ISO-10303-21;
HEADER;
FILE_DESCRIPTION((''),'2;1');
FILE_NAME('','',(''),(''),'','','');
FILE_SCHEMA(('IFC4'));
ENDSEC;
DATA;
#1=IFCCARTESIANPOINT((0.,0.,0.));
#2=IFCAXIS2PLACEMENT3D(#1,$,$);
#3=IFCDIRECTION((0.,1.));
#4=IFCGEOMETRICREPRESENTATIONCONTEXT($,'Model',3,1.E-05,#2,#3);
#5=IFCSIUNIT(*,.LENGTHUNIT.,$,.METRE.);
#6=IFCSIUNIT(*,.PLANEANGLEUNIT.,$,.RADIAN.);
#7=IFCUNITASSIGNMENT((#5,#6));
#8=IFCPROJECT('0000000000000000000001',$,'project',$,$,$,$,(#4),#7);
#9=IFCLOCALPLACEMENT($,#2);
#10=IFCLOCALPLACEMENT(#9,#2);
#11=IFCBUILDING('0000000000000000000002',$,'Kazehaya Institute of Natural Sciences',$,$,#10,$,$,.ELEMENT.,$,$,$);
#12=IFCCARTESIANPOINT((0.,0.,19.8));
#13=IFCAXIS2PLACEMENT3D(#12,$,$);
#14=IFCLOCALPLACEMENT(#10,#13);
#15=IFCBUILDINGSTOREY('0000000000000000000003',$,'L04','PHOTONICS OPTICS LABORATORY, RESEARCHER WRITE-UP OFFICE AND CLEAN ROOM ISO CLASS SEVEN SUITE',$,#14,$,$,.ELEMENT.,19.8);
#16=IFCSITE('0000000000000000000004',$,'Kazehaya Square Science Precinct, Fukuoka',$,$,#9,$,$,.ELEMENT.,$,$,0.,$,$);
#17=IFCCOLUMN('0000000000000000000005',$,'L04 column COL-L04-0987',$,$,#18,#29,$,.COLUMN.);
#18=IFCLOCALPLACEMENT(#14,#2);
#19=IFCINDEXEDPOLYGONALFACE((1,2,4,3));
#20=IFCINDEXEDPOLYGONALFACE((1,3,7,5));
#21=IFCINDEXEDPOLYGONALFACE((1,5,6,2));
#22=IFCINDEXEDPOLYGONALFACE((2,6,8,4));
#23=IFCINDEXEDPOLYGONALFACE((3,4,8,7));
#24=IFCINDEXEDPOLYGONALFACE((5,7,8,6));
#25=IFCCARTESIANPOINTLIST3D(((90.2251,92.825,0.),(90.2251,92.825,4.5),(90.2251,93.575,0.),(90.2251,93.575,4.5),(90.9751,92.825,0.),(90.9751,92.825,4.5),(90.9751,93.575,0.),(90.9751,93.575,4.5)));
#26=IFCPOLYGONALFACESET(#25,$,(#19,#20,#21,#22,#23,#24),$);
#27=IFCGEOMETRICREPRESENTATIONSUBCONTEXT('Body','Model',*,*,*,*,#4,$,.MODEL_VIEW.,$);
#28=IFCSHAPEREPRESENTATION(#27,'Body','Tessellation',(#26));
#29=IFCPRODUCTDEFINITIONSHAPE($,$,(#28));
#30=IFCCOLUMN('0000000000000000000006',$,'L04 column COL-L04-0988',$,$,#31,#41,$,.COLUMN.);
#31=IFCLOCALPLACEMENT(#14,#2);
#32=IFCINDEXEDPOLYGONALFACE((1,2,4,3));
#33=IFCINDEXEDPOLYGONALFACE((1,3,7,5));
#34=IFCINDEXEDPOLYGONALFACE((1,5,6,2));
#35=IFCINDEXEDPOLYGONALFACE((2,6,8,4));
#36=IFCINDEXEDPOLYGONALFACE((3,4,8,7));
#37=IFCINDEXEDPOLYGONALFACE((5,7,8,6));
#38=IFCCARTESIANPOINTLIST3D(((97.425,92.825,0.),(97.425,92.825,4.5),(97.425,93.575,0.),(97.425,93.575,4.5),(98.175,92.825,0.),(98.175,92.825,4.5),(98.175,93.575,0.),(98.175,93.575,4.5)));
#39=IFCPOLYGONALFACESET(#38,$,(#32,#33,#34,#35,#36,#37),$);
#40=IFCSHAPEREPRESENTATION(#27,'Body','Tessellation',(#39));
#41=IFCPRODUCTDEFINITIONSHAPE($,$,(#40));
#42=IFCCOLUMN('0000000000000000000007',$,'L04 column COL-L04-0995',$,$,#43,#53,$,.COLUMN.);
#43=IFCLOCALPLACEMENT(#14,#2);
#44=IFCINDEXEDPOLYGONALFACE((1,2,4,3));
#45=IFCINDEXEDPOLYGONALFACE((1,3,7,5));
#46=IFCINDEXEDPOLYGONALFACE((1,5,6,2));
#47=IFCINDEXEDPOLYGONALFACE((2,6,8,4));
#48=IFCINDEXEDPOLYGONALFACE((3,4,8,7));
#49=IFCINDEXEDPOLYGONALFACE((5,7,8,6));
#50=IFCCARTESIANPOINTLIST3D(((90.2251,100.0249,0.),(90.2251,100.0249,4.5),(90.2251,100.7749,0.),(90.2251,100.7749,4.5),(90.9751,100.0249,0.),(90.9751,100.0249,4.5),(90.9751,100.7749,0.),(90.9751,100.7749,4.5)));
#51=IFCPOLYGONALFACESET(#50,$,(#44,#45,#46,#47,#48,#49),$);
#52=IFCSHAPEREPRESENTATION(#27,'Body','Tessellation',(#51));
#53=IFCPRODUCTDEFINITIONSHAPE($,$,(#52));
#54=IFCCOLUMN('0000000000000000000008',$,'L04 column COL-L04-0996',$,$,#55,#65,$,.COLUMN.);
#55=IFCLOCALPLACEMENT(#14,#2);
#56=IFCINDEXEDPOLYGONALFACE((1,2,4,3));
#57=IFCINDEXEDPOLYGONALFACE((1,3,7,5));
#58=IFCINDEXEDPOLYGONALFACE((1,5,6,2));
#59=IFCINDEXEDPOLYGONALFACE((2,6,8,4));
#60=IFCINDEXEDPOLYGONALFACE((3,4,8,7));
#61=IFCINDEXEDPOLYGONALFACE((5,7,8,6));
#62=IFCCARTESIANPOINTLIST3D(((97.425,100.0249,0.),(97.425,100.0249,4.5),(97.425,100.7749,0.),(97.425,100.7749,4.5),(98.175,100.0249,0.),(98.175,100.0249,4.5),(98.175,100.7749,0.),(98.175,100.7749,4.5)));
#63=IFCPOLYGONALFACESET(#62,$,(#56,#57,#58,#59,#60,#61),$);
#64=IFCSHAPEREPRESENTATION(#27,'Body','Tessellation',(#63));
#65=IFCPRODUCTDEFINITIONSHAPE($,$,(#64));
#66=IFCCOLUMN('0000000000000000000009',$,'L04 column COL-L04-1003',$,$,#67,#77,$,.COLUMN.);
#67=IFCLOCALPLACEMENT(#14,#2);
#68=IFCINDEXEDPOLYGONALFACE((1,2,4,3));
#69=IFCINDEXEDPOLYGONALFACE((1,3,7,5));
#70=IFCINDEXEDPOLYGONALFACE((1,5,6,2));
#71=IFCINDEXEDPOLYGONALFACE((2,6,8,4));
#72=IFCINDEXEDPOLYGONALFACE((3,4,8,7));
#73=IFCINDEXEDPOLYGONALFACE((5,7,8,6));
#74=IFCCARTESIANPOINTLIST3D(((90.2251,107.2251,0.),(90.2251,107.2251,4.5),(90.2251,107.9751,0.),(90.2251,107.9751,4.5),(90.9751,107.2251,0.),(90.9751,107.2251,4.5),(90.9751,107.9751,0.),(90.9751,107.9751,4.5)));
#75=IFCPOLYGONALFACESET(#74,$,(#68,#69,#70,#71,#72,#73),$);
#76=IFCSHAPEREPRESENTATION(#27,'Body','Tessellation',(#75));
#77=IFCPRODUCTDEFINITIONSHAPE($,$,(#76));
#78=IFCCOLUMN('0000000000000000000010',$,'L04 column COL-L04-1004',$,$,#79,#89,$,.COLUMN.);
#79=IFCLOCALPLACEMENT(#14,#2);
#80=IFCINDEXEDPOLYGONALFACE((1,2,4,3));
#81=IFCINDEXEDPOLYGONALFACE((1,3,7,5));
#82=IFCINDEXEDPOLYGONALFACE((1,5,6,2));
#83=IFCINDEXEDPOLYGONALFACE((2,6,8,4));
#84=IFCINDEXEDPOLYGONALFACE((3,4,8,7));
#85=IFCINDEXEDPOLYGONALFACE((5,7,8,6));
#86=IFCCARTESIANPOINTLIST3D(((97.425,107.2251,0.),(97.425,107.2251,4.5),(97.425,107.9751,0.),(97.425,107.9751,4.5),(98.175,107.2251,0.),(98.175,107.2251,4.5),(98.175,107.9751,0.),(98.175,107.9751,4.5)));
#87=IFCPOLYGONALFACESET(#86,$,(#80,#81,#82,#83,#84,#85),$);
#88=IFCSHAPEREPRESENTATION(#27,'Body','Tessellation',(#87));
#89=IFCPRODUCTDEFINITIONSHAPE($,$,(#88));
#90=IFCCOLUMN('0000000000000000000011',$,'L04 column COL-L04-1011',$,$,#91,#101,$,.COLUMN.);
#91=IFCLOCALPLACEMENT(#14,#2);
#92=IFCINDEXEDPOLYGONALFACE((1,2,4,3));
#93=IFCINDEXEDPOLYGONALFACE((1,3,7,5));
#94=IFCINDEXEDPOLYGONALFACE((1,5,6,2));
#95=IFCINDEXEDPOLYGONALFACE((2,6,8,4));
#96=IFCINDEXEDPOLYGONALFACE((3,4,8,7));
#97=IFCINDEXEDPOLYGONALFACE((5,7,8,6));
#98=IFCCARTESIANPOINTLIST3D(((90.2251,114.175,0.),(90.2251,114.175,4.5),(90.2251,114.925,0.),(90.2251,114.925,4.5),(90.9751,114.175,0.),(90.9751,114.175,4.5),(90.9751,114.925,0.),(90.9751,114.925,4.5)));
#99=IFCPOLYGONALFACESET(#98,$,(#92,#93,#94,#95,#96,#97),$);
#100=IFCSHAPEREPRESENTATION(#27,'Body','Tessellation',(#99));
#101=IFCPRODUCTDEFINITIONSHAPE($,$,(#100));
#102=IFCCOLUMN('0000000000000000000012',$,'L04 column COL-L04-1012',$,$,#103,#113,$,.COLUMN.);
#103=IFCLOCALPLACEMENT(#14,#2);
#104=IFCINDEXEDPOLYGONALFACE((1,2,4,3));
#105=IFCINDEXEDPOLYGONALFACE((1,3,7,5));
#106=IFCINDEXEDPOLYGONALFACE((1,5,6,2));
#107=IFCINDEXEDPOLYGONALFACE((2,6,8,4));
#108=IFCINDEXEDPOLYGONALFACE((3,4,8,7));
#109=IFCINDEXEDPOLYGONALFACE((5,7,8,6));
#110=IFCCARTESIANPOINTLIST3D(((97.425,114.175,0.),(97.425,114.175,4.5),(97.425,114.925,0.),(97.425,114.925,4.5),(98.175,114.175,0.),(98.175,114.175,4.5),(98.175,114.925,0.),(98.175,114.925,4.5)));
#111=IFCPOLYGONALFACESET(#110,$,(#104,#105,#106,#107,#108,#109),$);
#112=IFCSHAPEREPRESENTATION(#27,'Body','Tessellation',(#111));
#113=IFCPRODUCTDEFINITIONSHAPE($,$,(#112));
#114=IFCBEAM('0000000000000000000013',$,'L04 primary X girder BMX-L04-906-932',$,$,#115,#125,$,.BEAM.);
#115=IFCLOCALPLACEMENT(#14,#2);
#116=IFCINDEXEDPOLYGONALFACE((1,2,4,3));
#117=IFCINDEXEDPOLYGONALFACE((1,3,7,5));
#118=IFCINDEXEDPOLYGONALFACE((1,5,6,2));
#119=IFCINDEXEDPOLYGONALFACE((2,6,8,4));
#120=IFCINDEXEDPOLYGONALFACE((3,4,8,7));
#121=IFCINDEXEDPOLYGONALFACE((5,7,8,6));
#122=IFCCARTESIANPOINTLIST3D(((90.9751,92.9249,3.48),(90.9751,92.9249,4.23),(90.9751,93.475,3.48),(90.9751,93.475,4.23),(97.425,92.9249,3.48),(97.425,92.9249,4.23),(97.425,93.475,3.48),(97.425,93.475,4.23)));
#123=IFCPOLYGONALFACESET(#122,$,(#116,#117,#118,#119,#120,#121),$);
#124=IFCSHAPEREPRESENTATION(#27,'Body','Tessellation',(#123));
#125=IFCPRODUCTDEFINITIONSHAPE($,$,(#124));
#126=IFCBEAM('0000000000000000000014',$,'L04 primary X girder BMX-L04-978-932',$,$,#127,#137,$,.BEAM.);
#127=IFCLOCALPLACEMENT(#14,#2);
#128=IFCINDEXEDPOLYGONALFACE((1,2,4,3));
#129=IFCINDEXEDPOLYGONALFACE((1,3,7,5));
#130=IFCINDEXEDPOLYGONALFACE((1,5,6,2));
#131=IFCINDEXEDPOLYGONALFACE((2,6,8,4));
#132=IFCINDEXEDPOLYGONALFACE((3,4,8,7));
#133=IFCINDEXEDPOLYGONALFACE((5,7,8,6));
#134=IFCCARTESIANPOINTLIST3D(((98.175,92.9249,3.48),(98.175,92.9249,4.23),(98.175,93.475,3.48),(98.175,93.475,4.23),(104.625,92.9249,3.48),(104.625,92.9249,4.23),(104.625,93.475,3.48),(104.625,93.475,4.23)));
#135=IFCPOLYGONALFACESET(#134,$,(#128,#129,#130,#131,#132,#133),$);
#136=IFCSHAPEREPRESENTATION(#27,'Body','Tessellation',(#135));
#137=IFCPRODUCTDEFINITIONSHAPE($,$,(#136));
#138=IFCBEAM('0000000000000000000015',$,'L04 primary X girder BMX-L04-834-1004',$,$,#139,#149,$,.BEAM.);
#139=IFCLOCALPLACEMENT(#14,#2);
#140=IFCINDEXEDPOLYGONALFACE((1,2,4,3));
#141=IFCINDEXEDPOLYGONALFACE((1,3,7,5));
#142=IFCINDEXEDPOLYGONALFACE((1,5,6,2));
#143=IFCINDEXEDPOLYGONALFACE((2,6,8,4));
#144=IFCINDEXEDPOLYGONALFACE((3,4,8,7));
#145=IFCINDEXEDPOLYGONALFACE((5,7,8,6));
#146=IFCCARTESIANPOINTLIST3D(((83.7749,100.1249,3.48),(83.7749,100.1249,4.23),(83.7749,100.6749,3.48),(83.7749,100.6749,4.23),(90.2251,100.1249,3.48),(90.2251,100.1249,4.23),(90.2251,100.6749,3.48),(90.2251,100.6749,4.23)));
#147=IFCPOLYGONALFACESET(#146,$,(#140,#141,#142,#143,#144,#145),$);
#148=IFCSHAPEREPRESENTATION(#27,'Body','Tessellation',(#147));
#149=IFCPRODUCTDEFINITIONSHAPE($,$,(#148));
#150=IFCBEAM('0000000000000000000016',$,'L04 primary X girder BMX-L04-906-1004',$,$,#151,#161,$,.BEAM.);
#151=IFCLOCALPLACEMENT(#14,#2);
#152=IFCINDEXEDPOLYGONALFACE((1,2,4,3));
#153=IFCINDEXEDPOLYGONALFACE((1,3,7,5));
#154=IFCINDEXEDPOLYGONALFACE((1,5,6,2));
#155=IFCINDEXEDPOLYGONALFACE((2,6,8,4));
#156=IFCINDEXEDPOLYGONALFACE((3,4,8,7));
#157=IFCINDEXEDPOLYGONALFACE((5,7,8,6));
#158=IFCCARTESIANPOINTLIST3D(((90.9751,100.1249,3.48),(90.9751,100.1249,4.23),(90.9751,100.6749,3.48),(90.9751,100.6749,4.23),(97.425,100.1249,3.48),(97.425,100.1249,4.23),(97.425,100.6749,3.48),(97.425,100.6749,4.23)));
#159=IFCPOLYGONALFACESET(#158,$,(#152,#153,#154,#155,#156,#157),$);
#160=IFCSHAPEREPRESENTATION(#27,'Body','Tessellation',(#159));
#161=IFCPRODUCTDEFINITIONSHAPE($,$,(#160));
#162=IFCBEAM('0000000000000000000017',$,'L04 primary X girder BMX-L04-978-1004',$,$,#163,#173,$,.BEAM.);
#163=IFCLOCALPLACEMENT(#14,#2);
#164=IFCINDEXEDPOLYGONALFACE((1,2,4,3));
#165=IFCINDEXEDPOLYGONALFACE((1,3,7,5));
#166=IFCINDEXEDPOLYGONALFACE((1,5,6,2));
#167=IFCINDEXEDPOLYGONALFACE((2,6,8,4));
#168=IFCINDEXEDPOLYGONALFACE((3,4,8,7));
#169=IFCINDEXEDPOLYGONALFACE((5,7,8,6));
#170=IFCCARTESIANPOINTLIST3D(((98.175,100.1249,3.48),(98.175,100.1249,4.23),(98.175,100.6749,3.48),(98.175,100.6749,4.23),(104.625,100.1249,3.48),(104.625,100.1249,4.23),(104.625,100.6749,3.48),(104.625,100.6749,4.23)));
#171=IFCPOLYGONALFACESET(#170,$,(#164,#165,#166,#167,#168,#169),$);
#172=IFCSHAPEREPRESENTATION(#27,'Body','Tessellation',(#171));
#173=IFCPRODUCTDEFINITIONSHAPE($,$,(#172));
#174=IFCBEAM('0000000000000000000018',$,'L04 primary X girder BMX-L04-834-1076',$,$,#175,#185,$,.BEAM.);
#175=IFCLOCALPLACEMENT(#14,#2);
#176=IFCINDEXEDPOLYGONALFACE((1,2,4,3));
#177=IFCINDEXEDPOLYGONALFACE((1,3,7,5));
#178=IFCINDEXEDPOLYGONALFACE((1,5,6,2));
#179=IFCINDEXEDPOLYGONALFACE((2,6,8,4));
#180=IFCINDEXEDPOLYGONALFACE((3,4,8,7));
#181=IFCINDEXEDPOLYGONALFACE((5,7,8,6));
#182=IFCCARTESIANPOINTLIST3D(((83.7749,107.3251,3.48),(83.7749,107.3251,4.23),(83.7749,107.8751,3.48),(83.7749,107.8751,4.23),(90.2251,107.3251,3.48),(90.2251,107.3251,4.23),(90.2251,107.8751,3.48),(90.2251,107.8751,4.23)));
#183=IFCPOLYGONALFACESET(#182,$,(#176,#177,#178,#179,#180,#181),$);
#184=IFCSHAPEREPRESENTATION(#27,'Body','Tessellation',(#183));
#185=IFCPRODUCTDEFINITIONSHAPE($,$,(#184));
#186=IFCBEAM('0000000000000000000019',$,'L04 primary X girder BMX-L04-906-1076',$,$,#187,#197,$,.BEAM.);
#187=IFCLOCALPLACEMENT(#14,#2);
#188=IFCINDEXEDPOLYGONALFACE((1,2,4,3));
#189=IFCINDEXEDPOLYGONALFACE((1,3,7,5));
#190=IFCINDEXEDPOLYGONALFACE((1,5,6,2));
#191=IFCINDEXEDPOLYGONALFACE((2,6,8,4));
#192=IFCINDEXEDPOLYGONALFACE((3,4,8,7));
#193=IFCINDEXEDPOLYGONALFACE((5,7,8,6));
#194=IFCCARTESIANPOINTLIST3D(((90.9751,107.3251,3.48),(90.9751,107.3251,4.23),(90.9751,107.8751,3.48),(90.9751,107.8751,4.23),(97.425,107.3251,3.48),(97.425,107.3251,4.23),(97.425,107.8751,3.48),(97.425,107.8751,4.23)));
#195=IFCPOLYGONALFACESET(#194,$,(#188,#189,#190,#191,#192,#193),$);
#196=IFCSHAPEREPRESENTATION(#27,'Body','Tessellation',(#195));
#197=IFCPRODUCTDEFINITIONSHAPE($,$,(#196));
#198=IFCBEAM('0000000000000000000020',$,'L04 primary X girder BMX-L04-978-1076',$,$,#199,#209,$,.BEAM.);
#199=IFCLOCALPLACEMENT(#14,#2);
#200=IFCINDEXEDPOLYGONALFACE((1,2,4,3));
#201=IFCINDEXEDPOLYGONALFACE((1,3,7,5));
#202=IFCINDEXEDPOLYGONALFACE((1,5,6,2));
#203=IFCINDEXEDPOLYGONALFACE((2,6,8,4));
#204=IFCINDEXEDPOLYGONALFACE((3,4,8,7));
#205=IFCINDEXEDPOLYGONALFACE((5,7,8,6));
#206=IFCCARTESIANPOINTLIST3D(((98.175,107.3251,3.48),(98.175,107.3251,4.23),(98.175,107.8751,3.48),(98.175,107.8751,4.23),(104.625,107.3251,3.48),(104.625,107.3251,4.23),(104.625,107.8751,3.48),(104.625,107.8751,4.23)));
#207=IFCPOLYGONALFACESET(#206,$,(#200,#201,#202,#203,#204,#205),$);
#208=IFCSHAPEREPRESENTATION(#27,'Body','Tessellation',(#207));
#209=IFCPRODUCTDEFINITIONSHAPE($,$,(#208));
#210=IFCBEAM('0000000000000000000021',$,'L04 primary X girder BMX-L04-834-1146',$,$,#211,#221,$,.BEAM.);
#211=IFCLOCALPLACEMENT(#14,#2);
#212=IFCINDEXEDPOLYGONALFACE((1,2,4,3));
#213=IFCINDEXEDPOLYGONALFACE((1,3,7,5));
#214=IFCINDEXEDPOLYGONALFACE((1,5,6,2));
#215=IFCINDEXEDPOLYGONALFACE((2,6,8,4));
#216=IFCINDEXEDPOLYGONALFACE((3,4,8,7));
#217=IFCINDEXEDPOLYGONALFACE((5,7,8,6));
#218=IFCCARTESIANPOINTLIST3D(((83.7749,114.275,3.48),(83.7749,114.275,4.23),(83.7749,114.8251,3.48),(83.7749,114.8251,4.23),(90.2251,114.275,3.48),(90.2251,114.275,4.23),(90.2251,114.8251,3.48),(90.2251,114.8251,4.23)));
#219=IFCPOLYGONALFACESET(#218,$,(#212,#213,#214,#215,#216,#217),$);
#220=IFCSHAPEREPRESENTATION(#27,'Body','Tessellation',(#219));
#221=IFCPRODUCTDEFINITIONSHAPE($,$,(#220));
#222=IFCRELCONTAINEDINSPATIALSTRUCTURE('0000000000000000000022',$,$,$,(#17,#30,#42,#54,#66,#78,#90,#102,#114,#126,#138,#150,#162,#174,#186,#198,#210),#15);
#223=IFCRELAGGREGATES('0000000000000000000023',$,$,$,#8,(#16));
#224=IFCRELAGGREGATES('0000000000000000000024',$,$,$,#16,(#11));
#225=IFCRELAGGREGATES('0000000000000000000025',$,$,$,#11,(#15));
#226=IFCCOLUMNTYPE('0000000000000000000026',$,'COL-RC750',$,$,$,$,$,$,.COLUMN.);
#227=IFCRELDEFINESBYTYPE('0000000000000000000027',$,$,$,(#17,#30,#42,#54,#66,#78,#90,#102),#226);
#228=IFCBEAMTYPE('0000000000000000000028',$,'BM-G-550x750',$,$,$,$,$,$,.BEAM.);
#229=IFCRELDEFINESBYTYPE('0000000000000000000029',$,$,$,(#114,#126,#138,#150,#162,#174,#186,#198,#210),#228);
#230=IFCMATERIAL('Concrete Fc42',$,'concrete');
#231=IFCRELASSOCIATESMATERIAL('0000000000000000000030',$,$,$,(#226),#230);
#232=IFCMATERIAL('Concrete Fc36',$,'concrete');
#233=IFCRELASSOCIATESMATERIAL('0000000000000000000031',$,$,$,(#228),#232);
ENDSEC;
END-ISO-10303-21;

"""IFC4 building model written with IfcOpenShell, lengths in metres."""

from ifc_helpers import new_model, si_unit, direction, frame, origin, origin_2d, place, context, subcontext, project, spatial, rectangle, extrude, material, material_profile, profile_set, type_object, element, save


model = new_model("IFC4")

# Units and contexts
model_context = context("Model", 3, precision=1e-05, world=origin(), true_north=direction((0.0, 1.0)))
body_context = subcontext(model_context, "Body", "Model", "MODEL_VIEW")
ifc_project = project(units=[si_unit("LENGTHUNIT", "METRE"), si_unit("PLANEANGLEUNIT", "RADIAN")], contexts=[model_context])

# Site, building, storey
site_placement = place(None, origin())
site = spatial("IfcSite", under=ifc_project, at=site_placement, Name="Kazehaya Square Science Precinct, Fukuoka", CompositionType="ELEMENT", RefElevation=0.0)
building_placement = place(site_placement, origin())
building = spatial("IfcBuilding", under=site, at=building_placement, Name="Kazehaya Institute of Natural Sciences", CompositionType="ELEMENT")
storey_placement = place(building_placement, frame((0.0, 0.0, 19.8)))
storey = spatial("IfcBuildingStorey", under=building, at=storey_placement, Name="L04", Description="PHOTONICS OPTICS LABORATORY, RESEARCHER WRITE-UP OFFICE AND CLEAN ROOM ISO CLASS SEVEN SUITE", CompositionType="ELEMENT", Elevation=19.8)

# Columns
ifc_material_1 = material(Name="Concrete Fc42", Category="concrete")
ifc_material_profile_1 = material_profile(ifc_material_1, rectangle(XDim=0.75, YDim=0.75, at=origin_2d()), Name="RC-750x750")
ifc_profile_set_1 = profile_set([ifc_material_profile_1], Name="Concrete Fc42")
column_type = type_object("IfcColumnType", Name="COL-RC750", PredefinedType="COLUMN", material=ifc_profile_set_1)
for number, where, z_axis, x_axis, name in (
    (1, (90.6001, 93.2, 0.0), (0.0, 0.0, 1.0), (1.0, 0.0, 0.0), "L04 column COL-L04-0987"),
    (2, (97.8, 93.2, 0.0), (0.0, 0.0, 1.0), (1.0, 0.0, 0.0), "L04 column COL-L04-0988"),
    (3, (90.6001, 100.3999, 0.0), (0.0, 0.0, 1.0), (1.0, 0.0, 0.0), "L04 column COL-L04-0995"),
    (4, (97.8, 100.3999, 0.0), (0.0, 0.0, 1.0), (1.0, 0.0, 0.0), "L04 column COL-L04-0996"),
    (5, (90.6001, 107.6001, 0.0), (0.0, 0.0, 1.0), (1.0, 0.0, 0.0), "L04 column COL-L04-1003"),
    (6, (97.8, 107.6001, 0.0), (0.0, 0.0, 1.0), (1.0, 0.0, 0.0), "L04 column COL-L04-1004"),
    (7, (90.6001, 114.55, 0.0), (0.0, 0.0, 1.0), (1.0, 0.0, 0.0), "L04 column COL-L04-1011"),
    (8, (97.8, 114.55, 0.0), (0.0, 0.0, 1.0), (1.0, 0.0, 0.0), "L04 column COL-L04-1012"),
):
    element("IfcColumn", number, at=place(storey_placement, frame(where, z_axis=z_axis, x_axis=x_axis)), inside=storey, type_object=column_type, Name=name, PredefinedType="COLUMN", context=body_context, shape_type="SweptSolid", body=[
        extrude(rectangle(XDim=0.75, YDim=0.75, at=origin_2d()), origin(), (0.0, 0.0, 1.0), 4.5),
    ])

# Beams
ifc_material_2 = material(Name="Concrete Fc36", Category="concrete")
ifc_material_profile_2 = material_profile(ifc_material_2, rectangle(XDim=0.55, YDim=0.75, at=origin_2d()), Name="RC-550x750")
ifc_profile_set_2 = profile_set([ifc_material_profile_2], Name="Concrete Fc36")
beam_type = type_object("IfcBeamType", Name="BM-G-550x750", PredefinedType="BEAM", material=ifc_profile_set_2)
for number, where, z_axis, x_axis, name in (
    (9, (90.9751, 93.2, 3.855), (1.0, 0.0, 0.0), (0.0, 1.0, 0.0), "L04 primary X girder BMX-L04-906-932"),
    (10, (98.175, 93.2, 3.855), (1.0, 0.0, 0.0), (0.0, 1.0, 0.0), "L04 primary X girder BMX-L04-978-932"),
):
    element("IfcBeam", number, at=place(storey_placement, frame(where, z_axis=z_axis, x_axis=x_axis)), inside=storey, type_object=beam_type, Name=name, PredefinedType="BEAM", context=body_context, shape_type="SweptSolid", body=[
        extrude(rectangle(XDim=0.55, YDim=0.75, at=origin_2d()), origin(), (0.0, 0.0, 1.0), 6.45),
    ])
beam_1_placement = place(storey_placement, frame((83.7749, 100.3999, 3.855), z_axis=(1.0, 0.0, 0.0), x_axis=(0.0, 1.0, 0.0)))
element("IfcBeam", 11, at=beam_1_placement, inside=storey, type_object=beam_type, Name="L04 primary X girder BMX-L04-834-1004", PredefinedType="BEAM", context=body_context, shape_type="SweptSolid", body=[
    extrude(rectangle(XDim=0.55, YDim=0.75, at=origin_2d()), origin(), (0.0, 0.0, 1.0), 6.4502),
])
for number, where, z_axis, x_axis, name in (
    (12, (90.9751, 100.3999, 3.855), (1.0, 0.0, 0.0), (0.0, 1.0, 0.0), "L04 primary X girder BMX-L04-906-1004"),
    (13, (98.175, 100.3999, 3.855), (1.0, 0.0, 0.0), (0.0, 1.0, 0.0), "L04 primary X girder BMX-L04-978-1004"),
):
    element("IfcBeam", number, at=place(storey_placement, frame(where, z_axis=z_axis, x_axis=x_axis)), inside=storey, type_object=beam_type, Name=name, PredefinedType="BEAM", context=body_context, shape_type="SweptSolid", body=[
        extrude(rectangle(XDim=0.55, YDim=0.75, at=origin_2d()), origin(), (0.0, 0.0, 1.0), 6.45),
    ])
beam_2_placement = place(storey_placement, frame((83.7749, 107.6001, 3.855), z_axis=(1.0, 0.0, 0.0), x_axis=(0.0, 1.0, 0.0)))
element("IfcBeam", 14, at=beam_2_placement, inside=storey, type_object=beam_type, Name="L04 primary X girder BMX-L04-834-1076", PredefinedType="BEAM", context=body_context, shape_type="SweptSolid", body=[
    extrude(rectangle(XDim=0.55, YDim=0.75, at=origin_2d()), origin(), (0.0, 0.0, 1.0), 6.4502),
])
for number, where, z_axis, x_axis, name in (
    (15, (90.9751, 107.6001, 3.855), (1.0, 0.0, 0.0), (0.0, 1.0, 0.0), "L04 primary X girder BMX-L04-906-1076"),
    (16, (98.175, 107.6001, 3.855), (1.0, 0.0, 0.0), (0.0, 1.0, 0.0), "L04 primary X girder BMX-L04-978-1076"),
):
    element("IfcBeam", number, at=place(storey_placement, frame(where, z_axis=z_axis, x_axis=x_axis)), inside=storey, type_object=beam_type, Name=name, PredefinedType="BEAM", context=body_context, shape_type="SweptSolid", body=[
        extrude(rectangle(XDim=0.55, YDim=0.75, at=origin_2d()), origin(), (0.0, 0.0, 1.0), 6.45),
    ])
beam_3_placement = place(storey_placement, frame((83.7749, 114.55, 3.855), z_axis=(1.0, 0.0, 0.0), x_axis=(0.0, 1.0, 0.0)))
element("IfcBeam", 17, at=beam_3_placement, inside=storey, type_object=beam_type, Name="L04 primary X girder BMX-L04-834-1146", PredefinedType="BEAM", context=body_context, shape_type="SweptSolid", body=[
    extrude(rectangle(XDim=0.55, YDim=0.75, at=origin_2d()), origin(), (0.0, 0.0, 1.0), 6.4502),
])

save(model, "model.ifc")
